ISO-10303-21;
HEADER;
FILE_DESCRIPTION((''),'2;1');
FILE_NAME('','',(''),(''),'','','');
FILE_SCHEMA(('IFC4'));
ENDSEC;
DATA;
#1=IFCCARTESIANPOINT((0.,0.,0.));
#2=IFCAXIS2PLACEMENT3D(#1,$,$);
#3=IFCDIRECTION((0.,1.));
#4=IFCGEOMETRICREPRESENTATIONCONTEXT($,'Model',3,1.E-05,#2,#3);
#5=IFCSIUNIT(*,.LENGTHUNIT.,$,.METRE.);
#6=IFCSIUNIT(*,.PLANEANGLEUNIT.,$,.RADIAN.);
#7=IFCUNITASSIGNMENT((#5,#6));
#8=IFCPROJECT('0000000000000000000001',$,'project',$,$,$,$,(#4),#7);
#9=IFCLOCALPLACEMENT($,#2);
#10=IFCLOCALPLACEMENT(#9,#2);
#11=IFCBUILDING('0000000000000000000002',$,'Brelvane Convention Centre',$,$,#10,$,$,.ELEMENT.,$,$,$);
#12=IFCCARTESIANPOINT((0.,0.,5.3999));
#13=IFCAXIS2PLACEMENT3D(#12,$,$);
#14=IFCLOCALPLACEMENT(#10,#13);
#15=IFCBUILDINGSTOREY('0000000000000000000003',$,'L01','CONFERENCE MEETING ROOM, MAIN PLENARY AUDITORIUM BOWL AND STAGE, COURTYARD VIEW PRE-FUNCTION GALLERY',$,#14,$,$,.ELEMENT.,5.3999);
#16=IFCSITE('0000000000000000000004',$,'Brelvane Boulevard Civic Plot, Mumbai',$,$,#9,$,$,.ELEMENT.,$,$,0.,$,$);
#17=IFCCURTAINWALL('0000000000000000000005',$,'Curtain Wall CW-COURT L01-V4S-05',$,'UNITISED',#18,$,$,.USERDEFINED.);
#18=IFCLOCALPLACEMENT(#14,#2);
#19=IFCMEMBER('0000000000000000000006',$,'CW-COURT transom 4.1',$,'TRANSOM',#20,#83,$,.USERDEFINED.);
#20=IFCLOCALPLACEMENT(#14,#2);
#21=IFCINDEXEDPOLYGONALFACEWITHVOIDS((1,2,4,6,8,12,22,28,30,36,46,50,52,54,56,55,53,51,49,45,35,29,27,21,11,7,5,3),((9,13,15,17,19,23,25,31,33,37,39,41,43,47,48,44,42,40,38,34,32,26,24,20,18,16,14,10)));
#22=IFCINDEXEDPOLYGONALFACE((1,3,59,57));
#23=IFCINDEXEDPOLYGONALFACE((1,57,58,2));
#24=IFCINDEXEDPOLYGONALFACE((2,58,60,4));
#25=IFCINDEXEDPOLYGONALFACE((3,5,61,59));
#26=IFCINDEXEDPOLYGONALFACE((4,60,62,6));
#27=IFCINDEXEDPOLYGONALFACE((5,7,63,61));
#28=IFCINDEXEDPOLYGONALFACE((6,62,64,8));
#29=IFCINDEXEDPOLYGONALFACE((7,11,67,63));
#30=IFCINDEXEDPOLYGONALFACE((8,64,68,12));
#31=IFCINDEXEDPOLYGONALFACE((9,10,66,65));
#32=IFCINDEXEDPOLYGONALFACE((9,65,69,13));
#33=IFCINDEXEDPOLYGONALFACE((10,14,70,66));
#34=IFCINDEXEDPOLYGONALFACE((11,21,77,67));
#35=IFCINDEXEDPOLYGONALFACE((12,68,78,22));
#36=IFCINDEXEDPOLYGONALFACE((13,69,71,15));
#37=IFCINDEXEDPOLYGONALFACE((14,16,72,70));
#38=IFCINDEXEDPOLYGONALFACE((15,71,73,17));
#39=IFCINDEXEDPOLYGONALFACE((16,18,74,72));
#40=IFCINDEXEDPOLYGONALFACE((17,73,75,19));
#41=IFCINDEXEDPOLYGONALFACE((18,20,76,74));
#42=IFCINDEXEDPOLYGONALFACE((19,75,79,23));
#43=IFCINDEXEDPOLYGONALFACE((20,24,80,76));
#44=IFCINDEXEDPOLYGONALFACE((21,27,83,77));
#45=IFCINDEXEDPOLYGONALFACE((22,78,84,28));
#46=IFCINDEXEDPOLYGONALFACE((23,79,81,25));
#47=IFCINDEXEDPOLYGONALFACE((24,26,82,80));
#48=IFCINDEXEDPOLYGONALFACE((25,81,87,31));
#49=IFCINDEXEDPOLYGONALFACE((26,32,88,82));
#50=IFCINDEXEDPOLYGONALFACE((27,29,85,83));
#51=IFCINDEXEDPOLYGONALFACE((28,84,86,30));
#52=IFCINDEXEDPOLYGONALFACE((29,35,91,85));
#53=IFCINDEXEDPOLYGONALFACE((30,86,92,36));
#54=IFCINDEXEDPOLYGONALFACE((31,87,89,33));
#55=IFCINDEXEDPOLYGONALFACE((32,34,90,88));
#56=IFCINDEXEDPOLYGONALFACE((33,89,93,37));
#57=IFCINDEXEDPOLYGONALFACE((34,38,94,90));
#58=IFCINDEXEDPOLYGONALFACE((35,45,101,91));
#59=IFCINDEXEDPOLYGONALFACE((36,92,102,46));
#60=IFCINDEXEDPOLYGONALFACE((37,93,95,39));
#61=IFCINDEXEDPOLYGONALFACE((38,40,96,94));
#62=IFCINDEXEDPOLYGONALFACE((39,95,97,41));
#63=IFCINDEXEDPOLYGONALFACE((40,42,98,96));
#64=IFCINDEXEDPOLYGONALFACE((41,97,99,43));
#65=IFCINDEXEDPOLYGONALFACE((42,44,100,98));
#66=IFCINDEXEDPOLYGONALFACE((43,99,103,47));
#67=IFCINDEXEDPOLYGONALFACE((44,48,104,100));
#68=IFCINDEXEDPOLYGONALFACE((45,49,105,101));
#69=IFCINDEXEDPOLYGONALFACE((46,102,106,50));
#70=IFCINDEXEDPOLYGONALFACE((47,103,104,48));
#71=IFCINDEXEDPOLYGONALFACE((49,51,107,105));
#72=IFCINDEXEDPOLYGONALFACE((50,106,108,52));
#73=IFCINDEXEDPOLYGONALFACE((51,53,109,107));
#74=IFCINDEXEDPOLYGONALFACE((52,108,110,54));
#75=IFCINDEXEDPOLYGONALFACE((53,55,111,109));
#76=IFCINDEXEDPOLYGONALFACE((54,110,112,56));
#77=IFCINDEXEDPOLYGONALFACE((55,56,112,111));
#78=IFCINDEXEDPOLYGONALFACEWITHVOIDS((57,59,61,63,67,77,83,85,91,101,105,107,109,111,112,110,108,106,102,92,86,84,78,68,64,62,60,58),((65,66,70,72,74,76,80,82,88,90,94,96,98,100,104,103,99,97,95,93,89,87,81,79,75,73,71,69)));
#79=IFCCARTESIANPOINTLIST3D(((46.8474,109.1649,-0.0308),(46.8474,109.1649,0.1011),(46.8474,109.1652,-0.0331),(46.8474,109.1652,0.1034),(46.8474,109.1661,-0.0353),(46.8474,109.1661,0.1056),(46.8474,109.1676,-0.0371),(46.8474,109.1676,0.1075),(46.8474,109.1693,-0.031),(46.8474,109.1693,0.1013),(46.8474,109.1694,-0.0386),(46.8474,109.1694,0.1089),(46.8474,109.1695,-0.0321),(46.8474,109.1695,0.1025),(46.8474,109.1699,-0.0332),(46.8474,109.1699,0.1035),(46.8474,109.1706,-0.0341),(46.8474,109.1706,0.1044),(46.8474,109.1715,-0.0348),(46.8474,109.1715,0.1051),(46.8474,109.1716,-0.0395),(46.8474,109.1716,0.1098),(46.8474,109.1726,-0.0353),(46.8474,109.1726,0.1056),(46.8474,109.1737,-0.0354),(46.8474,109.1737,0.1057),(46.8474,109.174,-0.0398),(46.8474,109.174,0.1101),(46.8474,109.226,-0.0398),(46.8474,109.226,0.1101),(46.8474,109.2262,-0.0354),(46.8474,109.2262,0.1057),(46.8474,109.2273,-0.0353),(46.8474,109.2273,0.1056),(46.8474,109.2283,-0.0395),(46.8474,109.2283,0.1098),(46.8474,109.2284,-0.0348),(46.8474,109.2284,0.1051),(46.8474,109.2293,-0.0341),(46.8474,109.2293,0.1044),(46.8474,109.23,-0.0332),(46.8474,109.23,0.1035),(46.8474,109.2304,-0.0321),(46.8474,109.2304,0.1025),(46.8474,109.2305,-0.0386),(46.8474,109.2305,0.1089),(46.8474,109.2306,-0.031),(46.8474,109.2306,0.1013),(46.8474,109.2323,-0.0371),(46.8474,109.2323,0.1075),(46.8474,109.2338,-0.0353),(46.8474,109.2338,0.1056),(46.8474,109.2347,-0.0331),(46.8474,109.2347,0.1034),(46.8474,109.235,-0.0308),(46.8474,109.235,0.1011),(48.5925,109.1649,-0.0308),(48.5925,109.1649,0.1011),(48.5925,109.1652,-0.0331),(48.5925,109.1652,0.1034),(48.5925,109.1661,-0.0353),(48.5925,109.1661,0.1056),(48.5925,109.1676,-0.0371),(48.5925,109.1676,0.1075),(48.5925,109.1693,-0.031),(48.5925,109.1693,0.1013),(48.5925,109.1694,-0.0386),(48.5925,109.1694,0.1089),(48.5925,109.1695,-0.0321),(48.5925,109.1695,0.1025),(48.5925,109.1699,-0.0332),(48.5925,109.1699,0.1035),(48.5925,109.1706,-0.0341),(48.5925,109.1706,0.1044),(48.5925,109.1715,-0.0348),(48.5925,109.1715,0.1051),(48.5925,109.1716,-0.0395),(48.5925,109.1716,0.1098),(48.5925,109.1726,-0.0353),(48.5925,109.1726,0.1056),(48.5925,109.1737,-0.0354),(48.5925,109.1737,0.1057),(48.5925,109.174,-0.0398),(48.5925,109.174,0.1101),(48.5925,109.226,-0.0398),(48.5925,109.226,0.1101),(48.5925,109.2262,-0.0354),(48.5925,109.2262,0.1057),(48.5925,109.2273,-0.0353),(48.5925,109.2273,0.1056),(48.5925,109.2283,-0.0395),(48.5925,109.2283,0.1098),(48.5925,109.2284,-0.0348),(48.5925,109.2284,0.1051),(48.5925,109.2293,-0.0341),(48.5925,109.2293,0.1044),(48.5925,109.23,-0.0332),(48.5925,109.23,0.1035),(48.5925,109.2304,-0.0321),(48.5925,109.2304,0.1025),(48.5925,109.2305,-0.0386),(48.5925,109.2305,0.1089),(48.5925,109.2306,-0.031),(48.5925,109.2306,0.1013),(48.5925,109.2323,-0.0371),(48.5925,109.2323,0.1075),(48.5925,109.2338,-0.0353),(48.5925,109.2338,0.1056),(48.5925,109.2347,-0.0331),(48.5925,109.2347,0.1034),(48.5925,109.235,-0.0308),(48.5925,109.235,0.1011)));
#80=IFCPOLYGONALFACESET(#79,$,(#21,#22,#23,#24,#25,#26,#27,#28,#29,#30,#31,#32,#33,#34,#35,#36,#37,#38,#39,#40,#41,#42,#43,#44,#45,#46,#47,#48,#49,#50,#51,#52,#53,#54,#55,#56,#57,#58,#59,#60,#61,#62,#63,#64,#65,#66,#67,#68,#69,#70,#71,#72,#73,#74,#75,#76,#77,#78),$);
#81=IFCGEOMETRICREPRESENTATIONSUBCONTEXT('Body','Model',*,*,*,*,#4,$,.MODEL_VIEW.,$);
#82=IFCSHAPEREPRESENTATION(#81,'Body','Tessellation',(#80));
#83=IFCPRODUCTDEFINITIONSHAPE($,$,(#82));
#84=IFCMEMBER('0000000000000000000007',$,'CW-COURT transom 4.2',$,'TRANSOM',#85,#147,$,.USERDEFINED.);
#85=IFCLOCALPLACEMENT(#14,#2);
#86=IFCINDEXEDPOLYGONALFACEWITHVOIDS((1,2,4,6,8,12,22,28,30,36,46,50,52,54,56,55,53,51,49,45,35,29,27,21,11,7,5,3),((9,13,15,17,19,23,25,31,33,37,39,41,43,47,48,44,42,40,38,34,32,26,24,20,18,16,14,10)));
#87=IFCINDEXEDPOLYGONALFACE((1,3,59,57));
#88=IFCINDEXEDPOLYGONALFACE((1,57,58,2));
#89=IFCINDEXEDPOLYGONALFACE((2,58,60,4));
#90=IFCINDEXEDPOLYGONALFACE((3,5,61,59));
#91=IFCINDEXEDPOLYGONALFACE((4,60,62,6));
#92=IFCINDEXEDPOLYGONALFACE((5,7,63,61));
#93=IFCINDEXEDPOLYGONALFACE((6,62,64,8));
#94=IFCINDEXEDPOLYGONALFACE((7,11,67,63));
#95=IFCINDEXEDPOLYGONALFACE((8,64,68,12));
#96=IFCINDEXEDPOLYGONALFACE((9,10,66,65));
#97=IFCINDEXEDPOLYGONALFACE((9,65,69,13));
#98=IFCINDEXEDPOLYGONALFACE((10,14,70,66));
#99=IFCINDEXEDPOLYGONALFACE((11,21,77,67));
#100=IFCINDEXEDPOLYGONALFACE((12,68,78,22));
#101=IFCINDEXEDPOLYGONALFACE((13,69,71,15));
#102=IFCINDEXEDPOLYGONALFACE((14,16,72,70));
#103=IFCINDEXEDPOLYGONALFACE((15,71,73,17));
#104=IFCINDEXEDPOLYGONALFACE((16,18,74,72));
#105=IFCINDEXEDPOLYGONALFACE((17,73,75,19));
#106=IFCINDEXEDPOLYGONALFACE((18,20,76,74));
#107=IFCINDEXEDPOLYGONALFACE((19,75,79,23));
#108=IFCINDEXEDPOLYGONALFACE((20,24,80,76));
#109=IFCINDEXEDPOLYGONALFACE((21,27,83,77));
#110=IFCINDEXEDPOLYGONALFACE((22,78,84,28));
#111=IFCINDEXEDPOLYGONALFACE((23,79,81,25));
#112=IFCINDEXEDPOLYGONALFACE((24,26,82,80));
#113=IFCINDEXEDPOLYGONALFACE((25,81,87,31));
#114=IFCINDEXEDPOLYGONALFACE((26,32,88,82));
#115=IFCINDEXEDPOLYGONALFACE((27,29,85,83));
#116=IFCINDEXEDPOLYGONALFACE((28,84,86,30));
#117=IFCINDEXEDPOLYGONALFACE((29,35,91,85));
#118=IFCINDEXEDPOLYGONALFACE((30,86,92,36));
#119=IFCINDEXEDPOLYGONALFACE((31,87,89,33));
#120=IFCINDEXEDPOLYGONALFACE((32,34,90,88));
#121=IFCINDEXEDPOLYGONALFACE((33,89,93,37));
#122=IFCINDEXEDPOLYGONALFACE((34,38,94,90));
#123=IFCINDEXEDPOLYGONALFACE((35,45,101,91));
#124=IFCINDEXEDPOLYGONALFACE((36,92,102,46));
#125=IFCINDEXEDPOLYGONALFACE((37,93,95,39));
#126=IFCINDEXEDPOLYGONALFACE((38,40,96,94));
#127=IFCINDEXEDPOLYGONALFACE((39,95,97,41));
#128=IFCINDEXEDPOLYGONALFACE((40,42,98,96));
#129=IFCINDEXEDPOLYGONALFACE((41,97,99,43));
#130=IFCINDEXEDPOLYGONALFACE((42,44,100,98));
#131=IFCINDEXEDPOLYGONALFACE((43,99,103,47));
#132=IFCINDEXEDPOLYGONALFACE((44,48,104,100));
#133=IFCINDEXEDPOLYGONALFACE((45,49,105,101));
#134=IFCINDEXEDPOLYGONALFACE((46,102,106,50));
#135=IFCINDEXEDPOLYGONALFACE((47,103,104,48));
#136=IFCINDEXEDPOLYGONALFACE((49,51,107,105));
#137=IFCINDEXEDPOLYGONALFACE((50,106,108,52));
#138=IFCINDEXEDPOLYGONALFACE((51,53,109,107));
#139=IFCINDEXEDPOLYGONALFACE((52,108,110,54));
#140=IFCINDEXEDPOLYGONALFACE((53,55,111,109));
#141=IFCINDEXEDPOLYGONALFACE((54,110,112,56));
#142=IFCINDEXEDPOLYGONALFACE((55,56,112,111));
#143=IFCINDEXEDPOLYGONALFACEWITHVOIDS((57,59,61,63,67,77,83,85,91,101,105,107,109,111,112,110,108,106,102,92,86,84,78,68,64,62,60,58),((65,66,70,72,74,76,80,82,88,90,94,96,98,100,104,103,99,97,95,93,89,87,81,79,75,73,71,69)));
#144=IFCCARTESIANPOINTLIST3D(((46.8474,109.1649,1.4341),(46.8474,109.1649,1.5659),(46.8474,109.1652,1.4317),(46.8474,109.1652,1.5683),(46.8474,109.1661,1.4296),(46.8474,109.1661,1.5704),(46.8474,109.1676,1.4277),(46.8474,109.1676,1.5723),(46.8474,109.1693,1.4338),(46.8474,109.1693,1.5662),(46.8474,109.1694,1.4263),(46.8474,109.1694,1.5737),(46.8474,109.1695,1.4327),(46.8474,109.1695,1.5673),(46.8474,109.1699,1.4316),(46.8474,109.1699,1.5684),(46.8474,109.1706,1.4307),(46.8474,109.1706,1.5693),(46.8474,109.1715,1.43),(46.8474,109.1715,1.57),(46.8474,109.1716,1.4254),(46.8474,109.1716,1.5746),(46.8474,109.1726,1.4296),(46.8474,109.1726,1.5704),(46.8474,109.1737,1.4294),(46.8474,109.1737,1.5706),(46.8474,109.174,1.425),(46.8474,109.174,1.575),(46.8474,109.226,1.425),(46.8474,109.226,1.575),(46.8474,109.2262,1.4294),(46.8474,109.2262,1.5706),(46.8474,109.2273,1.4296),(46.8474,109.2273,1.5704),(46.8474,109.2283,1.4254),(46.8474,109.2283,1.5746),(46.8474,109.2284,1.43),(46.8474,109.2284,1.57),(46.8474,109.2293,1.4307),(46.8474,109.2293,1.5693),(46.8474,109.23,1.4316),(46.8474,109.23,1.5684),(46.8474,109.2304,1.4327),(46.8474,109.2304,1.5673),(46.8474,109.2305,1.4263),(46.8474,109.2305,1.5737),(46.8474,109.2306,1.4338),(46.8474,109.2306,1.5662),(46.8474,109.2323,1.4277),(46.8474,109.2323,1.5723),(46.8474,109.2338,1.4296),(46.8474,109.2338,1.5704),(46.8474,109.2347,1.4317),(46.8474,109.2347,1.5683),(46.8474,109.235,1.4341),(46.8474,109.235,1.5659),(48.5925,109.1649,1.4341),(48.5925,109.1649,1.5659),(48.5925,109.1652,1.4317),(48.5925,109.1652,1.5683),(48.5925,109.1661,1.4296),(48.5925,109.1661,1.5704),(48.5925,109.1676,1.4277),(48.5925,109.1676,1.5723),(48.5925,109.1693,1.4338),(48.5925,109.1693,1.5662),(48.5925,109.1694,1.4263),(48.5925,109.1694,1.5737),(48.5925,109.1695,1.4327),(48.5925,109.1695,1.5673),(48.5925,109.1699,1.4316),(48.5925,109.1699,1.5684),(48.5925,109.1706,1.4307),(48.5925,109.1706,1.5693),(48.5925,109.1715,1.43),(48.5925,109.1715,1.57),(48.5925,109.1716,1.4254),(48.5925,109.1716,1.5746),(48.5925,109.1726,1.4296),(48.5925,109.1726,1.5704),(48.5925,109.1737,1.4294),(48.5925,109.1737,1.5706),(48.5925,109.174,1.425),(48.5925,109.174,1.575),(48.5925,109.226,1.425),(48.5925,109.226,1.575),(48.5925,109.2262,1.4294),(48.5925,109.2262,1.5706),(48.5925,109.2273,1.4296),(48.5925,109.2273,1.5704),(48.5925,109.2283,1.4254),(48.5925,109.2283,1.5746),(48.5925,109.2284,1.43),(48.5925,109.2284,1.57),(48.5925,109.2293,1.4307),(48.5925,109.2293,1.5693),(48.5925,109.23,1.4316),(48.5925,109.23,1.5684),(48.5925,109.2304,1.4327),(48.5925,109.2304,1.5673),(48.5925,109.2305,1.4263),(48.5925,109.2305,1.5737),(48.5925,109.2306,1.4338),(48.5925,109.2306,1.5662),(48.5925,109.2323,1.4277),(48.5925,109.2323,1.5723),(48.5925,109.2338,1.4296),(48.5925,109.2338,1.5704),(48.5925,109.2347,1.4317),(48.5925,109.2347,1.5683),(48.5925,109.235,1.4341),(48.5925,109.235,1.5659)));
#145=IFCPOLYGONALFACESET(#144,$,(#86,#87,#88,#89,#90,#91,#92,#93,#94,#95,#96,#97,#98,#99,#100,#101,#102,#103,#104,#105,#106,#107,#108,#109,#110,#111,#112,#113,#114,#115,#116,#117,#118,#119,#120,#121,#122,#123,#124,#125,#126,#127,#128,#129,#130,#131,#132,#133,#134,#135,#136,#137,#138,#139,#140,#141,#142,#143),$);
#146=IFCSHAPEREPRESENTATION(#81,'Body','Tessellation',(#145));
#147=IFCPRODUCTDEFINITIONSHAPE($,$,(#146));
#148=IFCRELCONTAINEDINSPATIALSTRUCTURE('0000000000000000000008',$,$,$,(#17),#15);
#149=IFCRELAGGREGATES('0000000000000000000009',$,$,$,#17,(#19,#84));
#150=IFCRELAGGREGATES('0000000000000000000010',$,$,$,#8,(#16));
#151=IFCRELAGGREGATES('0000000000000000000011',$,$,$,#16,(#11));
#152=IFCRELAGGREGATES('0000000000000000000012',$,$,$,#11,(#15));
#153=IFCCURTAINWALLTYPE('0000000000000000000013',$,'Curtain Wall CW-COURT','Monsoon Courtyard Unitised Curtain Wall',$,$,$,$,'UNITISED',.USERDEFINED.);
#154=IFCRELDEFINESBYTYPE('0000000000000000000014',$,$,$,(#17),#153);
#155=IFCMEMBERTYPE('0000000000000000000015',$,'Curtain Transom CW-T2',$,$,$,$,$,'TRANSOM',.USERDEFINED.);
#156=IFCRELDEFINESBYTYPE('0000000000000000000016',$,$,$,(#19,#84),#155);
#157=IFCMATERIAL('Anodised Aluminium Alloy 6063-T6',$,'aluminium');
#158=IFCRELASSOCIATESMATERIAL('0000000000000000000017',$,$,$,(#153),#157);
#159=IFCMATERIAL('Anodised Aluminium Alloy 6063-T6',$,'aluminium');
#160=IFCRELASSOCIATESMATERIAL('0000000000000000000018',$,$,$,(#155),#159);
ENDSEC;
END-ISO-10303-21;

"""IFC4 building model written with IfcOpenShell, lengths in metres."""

from ifc_helpers import new_model, si_unit, direction, frame, origin, origin_2d, place, context, subcontext, project, spatial, hollow_rectangle, extrude, material, material_profile, profile_set, type_object, element, aggregate, save


model = new_model("IFC4")

# Units and contexts
model_context = context("Model", 3, precision=1e-05, world=origin(), true_north=direction((0.0, 1.0)))
body_context = subcontext(model_context, "Body", "Model", "MODEL_VIEW")
ifc_project = project(units=[si_unit("LENGTHUNIT", "METRE"), si_unit("PLANEANGLEUNIT", "RADIAN")], contexts=[model_context])

# Site, building, storey
site_placement = place(None, origin())
site = spatial("IfcSite", under=ifc_project, at=site_placement, Name="Brelvane Boulevard Civic Plot, Mumbai", CompositionType="ELEMENT", RefElevation=0.0)
building_placement = place(site_placement, origin())
building = spatial("IfcBuilding", under=site, at=building_placement, Name="Brelvane Convention Centre", CompositionType="ELEMENT")
storey_placement = place(building_placement, frame((0.0, 0.0, 5.3999)))
storey = spatial("IfcBuildingStorey", under=building, at=storey_placement, Name="L01", Description="CONFERENCE MEETING ROOM, MAIN PLENARY AUDITORIUM BOWL AND STAGE, COURTYARD VIEW PRE-FUNCTION GALLERY", CompositionType="ELEMENT", Elevation=5.3999)

# Curtain wall, members
ifc_material_1 = material(Name="Anodised Aluminium Alloy 6063-T6", Category="aluminium")
curtain_wall_type = type_object("IfcCurtainWallType", Name="Curtain Wall CW-COURT", Description="Monsoon Courtyard Unitised Curtain Wall", ElementType="UNITISED", PredefinedType="USERDEFINED", material=ifc_material_1)
curtain_wall_placement = place(storey_placement, origin())
curtain_wall = element("IfcCurtainWall", 1, at=curtain_wall_placement, inside=storey, type_object=curtain_wall_type, Name="Curtain Wall CW-COURT L01-V4S-05", ObjectType="UNITISED", PredefinedType="USERDEFINED")
ifc_material_2 = material(Name="Anodised Aluminium Alloy 6063-T6", Category="aluminium")
ifc_material_profile_1 = material_profile(ifc_material_2, hollow_rectangle(XDim=0.0701, YDim=0.1499, WallThickness=0.0044, InnerFilletRadius=0.0044, OuterFilletRadius=0.009, at=origin_2d()), Name="ALU-T 150x70x4.5")
ifc_profile_set_1 = profile_set([ifc_material_profile_1], Name="Anodised Aluminium Alloy 6063-T6")
member_type_1 = type_object("IfcMemberType", Name="Curtain Transom CW-T2", ElementType="TRANSOM", PredefinedType="USERDEFINED", material=ifc_profile_set_1)
member_1_placement = place(storey_placement, frame((46.8474, 109.2, 0.0352), z_axis=(1.0, 0.0, 0.0), x_axis=(0.0, 1.0, 0.0)))
member_1 = element("IfcMember", 2, at=member_1_placement, type_object=member_type_1, Name="CW-COURT transom 4.1", ObjectType="TRANSOM", PredefinedType="USERDEFINED", context=body_context, shape_type="SweptSolid", body=[
    extrude(hollow_rectangle(XDim=0.0701, YDim=0.1499, WallThickness=0.0044, InnerFilletRadius=0.0044, OuterFilletRadius=0.009, at=origin_2d()), origin(), (0.0, 0.0, 1.0), 1.7451),
])
member_2_placement = place(storey_placement, frame((46.8474, 109.2, 1.5), z_axis=(1.0, 0.0, 0.0), x_axis=(0.0, 1.0, 0.0)))
member_2 = element("IfcMember", 3, at=member_2_placement, type_object=member_type_1, Name="CW-COURT transom 4.2", ObjectType="TRANSOM", PredefinedType="USERDEFINED", context=body_context, shape_type="SweptSolid", body=[
    extrude(hollow_rectangle(XDim=0.0701, YDim=0.1499, WallThickness=0.0044, InnerFilletRadius=0.0044, OuterFilletRadius=0.009, at=origin_2d()), origin(), (0.0, 0.0, 1.0), 1.7451),
])

aggregate(curtain_wall, [member_1, member_2])

save(model, "model.ifc")
